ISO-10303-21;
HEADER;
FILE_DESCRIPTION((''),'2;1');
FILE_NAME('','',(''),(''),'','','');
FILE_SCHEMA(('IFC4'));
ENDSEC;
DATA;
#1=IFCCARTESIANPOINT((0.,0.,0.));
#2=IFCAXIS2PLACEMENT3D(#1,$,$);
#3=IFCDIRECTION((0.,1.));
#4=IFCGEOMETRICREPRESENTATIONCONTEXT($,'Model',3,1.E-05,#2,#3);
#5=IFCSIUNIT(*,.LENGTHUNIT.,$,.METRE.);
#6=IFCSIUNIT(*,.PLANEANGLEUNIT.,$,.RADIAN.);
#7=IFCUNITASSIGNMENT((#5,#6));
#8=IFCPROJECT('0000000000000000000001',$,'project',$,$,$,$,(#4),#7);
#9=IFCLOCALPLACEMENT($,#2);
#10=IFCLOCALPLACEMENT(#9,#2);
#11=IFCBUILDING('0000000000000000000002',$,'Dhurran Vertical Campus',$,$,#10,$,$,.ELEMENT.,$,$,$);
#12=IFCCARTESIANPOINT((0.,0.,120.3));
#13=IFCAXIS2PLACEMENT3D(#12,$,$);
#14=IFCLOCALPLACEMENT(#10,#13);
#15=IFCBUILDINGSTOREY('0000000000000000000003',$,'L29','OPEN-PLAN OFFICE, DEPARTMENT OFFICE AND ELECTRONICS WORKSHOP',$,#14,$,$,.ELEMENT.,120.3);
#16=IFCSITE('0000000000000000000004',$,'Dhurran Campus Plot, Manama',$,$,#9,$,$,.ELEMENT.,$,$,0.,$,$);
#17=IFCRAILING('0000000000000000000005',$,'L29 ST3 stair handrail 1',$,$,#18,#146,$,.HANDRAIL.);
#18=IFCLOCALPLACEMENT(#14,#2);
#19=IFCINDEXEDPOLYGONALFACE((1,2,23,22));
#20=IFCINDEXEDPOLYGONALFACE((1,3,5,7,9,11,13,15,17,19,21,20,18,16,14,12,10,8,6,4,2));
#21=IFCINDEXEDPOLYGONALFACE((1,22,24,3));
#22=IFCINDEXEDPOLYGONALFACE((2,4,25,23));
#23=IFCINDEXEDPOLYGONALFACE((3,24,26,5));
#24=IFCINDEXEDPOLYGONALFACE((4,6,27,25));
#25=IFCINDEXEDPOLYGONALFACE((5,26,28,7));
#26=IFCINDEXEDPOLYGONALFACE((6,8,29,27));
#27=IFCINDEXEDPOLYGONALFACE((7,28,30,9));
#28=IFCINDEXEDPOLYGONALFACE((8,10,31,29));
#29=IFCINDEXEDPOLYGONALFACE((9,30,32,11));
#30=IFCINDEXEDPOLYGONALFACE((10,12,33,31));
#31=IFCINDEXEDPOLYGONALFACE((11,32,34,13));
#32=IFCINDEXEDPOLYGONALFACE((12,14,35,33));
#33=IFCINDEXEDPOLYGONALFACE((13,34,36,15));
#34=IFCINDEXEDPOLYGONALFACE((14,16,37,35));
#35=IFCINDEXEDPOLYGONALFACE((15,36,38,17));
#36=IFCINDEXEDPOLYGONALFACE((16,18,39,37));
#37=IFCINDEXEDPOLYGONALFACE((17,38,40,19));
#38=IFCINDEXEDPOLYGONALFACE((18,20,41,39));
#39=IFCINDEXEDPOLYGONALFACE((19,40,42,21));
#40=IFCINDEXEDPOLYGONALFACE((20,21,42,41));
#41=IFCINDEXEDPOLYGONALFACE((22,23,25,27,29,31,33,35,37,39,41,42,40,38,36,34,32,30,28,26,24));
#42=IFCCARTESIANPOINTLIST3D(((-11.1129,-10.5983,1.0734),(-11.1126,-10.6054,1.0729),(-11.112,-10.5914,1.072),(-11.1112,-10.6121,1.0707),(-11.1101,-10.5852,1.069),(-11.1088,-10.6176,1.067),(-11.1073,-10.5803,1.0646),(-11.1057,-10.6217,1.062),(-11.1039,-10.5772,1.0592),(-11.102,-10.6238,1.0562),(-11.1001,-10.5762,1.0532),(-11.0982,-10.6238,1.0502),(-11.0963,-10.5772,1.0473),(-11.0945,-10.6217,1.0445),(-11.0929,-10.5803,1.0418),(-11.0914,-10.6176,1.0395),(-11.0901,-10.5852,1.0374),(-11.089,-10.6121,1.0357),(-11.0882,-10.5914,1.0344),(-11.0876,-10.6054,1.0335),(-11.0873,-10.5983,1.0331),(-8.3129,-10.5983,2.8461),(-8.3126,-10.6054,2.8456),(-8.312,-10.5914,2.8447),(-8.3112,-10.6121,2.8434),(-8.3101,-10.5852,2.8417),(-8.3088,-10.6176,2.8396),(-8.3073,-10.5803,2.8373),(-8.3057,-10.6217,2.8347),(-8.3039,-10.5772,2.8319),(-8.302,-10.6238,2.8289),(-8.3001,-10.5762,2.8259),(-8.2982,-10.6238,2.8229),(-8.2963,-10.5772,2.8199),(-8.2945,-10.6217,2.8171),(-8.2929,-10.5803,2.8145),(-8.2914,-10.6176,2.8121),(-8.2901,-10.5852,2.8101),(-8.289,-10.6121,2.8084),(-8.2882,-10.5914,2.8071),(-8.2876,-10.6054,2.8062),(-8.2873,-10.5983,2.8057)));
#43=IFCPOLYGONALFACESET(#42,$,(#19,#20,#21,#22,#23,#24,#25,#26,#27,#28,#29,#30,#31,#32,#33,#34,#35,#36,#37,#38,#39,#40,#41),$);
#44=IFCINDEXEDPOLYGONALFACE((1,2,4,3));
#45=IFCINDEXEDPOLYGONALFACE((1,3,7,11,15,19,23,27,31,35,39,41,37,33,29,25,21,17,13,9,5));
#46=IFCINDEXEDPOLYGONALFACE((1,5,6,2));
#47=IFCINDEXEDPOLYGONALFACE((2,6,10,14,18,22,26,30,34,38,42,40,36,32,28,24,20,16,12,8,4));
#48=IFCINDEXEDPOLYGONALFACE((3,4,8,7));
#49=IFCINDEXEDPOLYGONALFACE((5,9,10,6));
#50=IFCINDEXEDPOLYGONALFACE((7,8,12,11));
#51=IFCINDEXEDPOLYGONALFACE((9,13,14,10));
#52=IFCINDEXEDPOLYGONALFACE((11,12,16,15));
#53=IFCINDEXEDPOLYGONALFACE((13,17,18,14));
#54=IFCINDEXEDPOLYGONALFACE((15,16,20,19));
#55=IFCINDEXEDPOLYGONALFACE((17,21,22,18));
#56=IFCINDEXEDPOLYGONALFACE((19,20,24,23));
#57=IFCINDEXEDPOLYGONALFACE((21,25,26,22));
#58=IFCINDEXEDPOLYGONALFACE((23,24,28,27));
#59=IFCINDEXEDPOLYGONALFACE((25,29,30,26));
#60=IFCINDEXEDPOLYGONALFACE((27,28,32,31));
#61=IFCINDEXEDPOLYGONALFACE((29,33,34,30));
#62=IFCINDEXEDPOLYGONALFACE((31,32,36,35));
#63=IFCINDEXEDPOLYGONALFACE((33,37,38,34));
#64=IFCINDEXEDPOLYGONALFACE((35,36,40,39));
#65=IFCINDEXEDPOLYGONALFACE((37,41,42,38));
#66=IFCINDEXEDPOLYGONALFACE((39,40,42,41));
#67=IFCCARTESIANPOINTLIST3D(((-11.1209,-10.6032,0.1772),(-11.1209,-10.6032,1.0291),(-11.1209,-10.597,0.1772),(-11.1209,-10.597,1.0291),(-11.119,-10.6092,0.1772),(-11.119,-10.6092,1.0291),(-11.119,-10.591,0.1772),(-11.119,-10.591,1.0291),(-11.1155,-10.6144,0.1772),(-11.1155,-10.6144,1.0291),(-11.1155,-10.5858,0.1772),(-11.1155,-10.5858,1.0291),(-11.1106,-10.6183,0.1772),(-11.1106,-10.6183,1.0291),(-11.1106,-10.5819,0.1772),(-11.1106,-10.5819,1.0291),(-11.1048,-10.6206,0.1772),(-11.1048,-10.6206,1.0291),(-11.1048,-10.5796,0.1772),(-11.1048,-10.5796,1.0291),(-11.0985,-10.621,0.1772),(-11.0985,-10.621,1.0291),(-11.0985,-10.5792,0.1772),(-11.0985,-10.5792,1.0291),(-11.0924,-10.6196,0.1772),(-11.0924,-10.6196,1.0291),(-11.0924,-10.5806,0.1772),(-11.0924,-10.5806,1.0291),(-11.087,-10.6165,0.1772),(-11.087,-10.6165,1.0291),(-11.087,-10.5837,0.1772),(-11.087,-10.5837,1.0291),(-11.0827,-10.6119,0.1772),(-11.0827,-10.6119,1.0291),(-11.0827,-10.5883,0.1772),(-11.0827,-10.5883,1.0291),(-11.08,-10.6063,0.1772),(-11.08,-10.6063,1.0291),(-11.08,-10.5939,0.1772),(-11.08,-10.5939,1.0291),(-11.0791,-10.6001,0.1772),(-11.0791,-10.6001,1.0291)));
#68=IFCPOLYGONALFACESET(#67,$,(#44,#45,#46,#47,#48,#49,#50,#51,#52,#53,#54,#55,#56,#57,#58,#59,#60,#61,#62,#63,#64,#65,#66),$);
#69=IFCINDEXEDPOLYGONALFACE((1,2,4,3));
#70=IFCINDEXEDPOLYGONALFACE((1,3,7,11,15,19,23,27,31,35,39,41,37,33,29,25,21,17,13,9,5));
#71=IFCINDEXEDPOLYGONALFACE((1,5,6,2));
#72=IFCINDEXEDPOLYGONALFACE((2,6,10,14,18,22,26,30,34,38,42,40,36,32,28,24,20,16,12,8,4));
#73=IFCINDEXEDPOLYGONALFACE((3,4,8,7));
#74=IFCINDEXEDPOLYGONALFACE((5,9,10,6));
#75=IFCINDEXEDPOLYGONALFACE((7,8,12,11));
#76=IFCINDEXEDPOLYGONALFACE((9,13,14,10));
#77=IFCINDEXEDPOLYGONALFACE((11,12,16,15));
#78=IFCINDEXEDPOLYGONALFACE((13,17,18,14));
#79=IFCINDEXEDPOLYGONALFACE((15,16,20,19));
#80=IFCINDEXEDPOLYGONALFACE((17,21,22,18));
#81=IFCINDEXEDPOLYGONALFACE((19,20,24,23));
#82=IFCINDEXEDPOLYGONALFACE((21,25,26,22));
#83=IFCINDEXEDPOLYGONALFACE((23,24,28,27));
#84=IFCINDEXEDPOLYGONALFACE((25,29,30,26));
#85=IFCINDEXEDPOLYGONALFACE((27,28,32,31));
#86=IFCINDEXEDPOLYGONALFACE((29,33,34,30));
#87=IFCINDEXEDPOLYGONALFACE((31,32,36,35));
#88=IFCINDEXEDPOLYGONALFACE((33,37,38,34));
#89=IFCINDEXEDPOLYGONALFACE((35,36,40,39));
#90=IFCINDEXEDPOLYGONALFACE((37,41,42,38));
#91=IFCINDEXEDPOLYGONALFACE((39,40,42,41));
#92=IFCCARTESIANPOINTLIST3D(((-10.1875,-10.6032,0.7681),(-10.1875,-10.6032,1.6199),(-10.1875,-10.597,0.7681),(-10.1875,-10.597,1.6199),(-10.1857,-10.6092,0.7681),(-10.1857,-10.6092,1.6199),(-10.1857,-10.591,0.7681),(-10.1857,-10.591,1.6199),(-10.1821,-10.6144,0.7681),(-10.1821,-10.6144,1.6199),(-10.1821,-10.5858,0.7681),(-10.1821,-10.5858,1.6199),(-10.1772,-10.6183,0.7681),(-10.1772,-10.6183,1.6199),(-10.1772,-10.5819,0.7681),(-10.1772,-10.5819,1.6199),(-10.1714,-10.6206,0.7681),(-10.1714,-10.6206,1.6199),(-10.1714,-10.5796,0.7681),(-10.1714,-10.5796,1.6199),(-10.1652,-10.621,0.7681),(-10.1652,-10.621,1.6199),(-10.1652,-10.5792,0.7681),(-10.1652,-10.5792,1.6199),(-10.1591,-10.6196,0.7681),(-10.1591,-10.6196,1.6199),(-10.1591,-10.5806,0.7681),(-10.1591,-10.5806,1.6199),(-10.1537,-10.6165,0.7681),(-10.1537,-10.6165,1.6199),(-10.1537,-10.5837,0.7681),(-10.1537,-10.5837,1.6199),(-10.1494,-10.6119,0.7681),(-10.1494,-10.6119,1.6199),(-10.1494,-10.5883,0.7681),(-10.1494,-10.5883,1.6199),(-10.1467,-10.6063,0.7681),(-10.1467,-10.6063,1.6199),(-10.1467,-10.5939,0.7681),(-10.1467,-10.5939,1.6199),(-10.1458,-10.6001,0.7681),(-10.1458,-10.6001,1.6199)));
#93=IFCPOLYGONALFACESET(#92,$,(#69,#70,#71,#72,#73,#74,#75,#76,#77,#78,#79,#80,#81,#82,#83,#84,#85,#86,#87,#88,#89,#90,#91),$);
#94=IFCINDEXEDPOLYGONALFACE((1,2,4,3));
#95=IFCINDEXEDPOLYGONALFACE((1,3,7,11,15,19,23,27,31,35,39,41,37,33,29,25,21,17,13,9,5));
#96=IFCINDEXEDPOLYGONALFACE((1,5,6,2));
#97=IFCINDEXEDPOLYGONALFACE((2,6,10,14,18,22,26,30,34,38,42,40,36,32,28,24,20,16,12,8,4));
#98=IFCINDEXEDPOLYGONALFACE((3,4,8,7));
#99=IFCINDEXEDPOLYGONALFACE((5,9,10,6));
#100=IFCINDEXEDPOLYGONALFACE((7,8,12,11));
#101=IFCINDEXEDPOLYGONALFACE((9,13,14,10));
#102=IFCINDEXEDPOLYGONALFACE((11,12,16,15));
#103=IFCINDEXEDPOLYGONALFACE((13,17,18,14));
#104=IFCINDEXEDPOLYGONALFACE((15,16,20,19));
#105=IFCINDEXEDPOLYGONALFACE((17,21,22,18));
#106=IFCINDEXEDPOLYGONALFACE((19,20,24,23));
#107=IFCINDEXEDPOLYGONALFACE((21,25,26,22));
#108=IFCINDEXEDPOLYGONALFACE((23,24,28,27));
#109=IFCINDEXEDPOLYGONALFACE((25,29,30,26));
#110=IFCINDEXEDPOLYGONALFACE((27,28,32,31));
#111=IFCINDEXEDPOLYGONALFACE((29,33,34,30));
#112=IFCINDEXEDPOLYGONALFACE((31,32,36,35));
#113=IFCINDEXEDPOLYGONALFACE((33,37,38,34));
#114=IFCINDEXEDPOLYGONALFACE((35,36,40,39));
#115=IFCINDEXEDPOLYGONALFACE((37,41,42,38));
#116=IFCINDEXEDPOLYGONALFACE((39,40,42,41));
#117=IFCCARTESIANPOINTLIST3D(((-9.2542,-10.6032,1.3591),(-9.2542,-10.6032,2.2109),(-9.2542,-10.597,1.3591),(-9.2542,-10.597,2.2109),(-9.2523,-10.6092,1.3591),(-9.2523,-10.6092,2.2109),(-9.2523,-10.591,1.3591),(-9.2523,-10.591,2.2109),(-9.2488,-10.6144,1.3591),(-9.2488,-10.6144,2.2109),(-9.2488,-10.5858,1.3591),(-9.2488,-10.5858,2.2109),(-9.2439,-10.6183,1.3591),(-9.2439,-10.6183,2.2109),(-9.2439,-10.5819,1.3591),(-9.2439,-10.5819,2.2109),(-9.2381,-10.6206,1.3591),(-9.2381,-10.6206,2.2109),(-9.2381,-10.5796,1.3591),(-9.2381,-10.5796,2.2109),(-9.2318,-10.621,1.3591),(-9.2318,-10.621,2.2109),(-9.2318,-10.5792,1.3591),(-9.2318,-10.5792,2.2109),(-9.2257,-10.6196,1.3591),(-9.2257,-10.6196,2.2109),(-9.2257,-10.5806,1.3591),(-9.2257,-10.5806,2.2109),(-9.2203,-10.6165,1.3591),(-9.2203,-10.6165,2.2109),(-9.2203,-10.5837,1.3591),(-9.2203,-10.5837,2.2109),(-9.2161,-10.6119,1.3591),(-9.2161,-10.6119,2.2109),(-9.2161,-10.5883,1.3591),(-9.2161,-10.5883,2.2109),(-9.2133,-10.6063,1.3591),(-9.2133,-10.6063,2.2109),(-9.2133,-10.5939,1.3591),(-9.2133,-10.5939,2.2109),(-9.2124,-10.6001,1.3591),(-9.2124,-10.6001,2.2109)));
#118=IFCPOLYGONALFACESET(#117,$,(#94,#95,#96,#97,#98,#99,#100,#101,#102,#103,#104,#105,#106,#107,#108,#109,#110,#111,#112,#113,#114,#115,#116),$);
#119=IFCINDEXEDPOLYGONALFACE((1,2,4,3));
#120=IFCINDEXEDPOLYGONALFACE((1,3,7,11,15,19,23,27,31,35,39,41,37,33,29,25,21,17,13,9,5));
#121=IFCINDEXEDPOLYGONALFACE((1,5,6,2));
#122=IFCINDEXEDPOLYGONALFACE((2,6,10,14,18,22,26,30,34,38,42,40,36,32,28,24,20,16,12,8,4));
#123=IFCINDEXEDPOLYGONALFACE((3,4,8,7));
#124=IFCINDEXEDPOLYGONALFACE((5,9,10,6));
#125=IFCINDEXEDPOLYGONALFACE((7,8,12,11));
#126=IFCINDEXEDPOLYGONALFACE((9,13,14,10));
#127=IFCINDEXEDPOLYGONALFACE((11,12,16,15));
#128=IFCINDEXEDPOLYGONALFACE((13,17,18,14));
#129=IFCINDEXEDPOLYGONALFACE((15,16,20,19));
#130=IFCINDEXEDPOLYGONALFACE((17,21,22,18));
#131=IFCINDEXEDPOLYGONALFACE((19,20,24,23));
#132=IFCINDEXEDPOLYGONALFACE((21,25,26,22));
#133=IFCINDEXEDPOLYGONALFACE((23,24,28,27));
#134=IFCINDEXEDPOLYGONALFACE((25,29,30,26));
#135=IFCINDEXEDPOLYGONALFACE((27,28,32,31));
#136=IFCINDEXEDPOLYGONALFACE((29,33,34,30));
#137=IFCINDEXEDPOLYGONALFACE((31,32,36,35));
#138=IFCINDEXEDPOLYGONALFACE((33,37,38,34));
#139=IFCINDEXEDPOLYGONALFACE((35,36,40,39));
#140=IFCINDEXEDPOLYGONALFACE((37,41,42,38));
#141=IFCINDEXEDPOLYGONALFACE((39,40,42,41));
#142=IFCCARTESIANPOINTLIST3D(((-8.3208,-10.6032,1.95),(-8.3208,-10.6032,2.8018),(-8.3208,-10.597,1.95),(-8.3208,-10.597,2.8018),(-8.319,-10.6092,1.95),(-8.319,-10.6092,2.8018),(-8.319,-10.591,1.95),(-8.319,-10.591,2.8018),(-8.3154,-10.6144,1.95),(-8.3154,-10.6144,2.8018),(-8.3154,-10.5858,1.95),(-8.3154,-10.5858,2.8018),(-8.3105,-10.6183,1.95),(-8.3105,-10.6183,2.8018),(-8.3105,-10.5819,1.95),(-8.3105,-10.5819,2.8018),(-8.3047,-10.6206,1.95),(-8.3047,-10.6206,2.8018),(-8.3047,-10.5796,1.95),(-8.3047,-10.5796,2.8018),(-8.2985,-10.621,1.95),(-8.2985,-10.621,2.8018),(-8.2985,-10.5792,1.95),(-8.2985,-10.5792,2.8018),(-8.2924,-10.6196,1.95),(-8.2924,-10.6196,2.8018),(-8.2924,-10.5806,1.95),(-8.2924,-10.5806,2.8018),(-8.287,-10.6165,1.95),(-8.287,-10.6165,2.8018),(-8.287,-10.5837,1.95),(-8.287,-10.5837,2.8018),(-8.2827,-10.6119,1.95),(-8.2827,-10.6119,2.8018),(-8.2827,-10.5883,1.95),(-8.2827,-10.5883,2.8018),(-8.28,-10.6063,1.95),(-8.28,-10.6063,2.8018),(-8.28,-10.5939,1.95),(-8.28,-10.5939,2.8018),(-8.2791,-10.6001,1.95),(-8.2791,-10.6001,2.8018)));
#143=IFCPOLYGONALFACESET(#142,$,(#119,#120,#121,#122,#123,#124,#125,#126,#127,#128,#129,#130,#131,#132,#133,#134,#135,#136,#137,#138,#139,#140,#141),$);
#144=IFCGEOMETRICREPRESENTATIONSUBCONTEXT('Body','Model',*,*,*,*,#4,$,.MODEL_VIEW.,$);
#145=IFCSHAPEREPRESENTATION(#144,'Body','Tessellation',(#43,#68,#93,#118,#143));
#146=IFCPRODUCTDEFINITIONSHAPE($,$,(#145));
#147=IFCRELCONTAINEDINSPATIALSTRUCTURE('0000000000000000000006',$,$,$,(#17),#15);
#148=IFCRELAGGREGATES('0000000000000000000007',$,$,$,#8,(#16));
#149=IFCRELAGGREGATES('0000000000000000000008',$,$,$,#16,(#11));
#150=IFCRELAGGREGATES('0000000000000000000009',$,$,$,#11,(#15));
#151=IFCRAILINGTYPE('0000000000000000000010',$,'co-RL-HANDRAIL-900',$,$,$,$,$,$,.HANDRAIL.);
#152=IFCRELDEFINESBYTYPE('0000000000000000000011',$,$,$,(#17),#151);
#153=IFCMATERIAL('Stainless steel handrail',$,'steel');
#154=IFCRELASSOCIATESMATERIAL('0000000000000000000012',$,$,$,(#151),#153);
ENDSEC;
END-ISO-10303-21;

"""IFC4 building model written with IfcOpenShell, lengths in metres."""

from ifc_helpers import new_model, si_unit, direction, frame, origin, origin_2d, place, context, subcontext, project, spatial, circle, extrude, material, type_object, element, save


model = new_model("IFC4")

# Units and contexts
model_context = context("Model", 3, precision=1e-05, world=origin(), true_north=direction((0.0, 1.0)))
body_context = subcontext(model_context, "Body", "Model", "MODEL_VIEW")
ifc_project = project(units=[si_unit("LENGTHUNIT", "METRE"), si_unit("PLANEANGLEUNIT", "RADIAN")], contexts=[model_context])

# Site, building, storey
site_placement = place(None, origin())
site = spatial("IfcSite", under=ifc_project, at=site_placement, Name="Dhurran Campus Plot, Manama", CompositionType="ELEMENT", RefElevation=0.0)
building_placement = place(site_placement, origin())
building = spatial("IfcBuilding", under=site, at=building_placement, Name="Dhurran Vertical Campus", CompositionType="ELEMENT")
storey_placement = place(building_placement, frame((0.0, 0.0, 120.3)))
storey = spatial("IfcBuildingStorey", under=building, at=storey_placement, Name="L29", Description="OPEN-PLAN OFFICE, DEPARTMENT OFFICE AND ELECTRONICS WORKSHOP", CompositionType="ELEMENT", Elevation=120.3)

# Railing
ifc_material_1 = material(Name="Stainless steel handrail", Category="steel")
railing_type_1 = type_object("IfcRailingType", Name="co-RL-HANDRAIL-900", PredefinedType="HANDRAIL", material=ifc_material_1)
railing_1_placement = place(storey_placement, frame((-11.1001, -10.6001, 0.1772)))
element("IfcRailing", 1, at=railing_1_placement, inside=storey, type_object=railing_type_1, Name="L29 ST3 stair handrail 1", PredefinedType="HANDRAIL", context=body_context, shape_type="SweptSolid", body=[
    extrude(circle(Radius=0.0239, at=origin_2d()), frame((0.0, 0.0, 0.876), z_axis=(0.844909, 0.0, 0.53491), x_axis=(0.0, 1.0, 0.0)), (0.0, 0.0, 1.0), 3.314),
    extrude(circle(Radius=0.021, at=origin_2d()), origin(), (0.0, 0.0, 1.0), 0.8518),
    extrude(circle(Radius=0.021, at=origin_2d()), frame((0.9333, 0.0, 0.5908)), (0.0, 0.0, 1.0), 0.8518),
    extrude(circle(Radius=0.021, at=origin_2d()), frame((1.8667, 0.0, 1.1819)), (0.0, 0.0, 1.0), 0.8518),
    extrude(circle(Radius=0.021, at=origin_2d()), frame((2.8, 0.0, 1.7727)), (0.0, 0.0, 1.0), 0.8518),
])

save(model, "model.ifc")
